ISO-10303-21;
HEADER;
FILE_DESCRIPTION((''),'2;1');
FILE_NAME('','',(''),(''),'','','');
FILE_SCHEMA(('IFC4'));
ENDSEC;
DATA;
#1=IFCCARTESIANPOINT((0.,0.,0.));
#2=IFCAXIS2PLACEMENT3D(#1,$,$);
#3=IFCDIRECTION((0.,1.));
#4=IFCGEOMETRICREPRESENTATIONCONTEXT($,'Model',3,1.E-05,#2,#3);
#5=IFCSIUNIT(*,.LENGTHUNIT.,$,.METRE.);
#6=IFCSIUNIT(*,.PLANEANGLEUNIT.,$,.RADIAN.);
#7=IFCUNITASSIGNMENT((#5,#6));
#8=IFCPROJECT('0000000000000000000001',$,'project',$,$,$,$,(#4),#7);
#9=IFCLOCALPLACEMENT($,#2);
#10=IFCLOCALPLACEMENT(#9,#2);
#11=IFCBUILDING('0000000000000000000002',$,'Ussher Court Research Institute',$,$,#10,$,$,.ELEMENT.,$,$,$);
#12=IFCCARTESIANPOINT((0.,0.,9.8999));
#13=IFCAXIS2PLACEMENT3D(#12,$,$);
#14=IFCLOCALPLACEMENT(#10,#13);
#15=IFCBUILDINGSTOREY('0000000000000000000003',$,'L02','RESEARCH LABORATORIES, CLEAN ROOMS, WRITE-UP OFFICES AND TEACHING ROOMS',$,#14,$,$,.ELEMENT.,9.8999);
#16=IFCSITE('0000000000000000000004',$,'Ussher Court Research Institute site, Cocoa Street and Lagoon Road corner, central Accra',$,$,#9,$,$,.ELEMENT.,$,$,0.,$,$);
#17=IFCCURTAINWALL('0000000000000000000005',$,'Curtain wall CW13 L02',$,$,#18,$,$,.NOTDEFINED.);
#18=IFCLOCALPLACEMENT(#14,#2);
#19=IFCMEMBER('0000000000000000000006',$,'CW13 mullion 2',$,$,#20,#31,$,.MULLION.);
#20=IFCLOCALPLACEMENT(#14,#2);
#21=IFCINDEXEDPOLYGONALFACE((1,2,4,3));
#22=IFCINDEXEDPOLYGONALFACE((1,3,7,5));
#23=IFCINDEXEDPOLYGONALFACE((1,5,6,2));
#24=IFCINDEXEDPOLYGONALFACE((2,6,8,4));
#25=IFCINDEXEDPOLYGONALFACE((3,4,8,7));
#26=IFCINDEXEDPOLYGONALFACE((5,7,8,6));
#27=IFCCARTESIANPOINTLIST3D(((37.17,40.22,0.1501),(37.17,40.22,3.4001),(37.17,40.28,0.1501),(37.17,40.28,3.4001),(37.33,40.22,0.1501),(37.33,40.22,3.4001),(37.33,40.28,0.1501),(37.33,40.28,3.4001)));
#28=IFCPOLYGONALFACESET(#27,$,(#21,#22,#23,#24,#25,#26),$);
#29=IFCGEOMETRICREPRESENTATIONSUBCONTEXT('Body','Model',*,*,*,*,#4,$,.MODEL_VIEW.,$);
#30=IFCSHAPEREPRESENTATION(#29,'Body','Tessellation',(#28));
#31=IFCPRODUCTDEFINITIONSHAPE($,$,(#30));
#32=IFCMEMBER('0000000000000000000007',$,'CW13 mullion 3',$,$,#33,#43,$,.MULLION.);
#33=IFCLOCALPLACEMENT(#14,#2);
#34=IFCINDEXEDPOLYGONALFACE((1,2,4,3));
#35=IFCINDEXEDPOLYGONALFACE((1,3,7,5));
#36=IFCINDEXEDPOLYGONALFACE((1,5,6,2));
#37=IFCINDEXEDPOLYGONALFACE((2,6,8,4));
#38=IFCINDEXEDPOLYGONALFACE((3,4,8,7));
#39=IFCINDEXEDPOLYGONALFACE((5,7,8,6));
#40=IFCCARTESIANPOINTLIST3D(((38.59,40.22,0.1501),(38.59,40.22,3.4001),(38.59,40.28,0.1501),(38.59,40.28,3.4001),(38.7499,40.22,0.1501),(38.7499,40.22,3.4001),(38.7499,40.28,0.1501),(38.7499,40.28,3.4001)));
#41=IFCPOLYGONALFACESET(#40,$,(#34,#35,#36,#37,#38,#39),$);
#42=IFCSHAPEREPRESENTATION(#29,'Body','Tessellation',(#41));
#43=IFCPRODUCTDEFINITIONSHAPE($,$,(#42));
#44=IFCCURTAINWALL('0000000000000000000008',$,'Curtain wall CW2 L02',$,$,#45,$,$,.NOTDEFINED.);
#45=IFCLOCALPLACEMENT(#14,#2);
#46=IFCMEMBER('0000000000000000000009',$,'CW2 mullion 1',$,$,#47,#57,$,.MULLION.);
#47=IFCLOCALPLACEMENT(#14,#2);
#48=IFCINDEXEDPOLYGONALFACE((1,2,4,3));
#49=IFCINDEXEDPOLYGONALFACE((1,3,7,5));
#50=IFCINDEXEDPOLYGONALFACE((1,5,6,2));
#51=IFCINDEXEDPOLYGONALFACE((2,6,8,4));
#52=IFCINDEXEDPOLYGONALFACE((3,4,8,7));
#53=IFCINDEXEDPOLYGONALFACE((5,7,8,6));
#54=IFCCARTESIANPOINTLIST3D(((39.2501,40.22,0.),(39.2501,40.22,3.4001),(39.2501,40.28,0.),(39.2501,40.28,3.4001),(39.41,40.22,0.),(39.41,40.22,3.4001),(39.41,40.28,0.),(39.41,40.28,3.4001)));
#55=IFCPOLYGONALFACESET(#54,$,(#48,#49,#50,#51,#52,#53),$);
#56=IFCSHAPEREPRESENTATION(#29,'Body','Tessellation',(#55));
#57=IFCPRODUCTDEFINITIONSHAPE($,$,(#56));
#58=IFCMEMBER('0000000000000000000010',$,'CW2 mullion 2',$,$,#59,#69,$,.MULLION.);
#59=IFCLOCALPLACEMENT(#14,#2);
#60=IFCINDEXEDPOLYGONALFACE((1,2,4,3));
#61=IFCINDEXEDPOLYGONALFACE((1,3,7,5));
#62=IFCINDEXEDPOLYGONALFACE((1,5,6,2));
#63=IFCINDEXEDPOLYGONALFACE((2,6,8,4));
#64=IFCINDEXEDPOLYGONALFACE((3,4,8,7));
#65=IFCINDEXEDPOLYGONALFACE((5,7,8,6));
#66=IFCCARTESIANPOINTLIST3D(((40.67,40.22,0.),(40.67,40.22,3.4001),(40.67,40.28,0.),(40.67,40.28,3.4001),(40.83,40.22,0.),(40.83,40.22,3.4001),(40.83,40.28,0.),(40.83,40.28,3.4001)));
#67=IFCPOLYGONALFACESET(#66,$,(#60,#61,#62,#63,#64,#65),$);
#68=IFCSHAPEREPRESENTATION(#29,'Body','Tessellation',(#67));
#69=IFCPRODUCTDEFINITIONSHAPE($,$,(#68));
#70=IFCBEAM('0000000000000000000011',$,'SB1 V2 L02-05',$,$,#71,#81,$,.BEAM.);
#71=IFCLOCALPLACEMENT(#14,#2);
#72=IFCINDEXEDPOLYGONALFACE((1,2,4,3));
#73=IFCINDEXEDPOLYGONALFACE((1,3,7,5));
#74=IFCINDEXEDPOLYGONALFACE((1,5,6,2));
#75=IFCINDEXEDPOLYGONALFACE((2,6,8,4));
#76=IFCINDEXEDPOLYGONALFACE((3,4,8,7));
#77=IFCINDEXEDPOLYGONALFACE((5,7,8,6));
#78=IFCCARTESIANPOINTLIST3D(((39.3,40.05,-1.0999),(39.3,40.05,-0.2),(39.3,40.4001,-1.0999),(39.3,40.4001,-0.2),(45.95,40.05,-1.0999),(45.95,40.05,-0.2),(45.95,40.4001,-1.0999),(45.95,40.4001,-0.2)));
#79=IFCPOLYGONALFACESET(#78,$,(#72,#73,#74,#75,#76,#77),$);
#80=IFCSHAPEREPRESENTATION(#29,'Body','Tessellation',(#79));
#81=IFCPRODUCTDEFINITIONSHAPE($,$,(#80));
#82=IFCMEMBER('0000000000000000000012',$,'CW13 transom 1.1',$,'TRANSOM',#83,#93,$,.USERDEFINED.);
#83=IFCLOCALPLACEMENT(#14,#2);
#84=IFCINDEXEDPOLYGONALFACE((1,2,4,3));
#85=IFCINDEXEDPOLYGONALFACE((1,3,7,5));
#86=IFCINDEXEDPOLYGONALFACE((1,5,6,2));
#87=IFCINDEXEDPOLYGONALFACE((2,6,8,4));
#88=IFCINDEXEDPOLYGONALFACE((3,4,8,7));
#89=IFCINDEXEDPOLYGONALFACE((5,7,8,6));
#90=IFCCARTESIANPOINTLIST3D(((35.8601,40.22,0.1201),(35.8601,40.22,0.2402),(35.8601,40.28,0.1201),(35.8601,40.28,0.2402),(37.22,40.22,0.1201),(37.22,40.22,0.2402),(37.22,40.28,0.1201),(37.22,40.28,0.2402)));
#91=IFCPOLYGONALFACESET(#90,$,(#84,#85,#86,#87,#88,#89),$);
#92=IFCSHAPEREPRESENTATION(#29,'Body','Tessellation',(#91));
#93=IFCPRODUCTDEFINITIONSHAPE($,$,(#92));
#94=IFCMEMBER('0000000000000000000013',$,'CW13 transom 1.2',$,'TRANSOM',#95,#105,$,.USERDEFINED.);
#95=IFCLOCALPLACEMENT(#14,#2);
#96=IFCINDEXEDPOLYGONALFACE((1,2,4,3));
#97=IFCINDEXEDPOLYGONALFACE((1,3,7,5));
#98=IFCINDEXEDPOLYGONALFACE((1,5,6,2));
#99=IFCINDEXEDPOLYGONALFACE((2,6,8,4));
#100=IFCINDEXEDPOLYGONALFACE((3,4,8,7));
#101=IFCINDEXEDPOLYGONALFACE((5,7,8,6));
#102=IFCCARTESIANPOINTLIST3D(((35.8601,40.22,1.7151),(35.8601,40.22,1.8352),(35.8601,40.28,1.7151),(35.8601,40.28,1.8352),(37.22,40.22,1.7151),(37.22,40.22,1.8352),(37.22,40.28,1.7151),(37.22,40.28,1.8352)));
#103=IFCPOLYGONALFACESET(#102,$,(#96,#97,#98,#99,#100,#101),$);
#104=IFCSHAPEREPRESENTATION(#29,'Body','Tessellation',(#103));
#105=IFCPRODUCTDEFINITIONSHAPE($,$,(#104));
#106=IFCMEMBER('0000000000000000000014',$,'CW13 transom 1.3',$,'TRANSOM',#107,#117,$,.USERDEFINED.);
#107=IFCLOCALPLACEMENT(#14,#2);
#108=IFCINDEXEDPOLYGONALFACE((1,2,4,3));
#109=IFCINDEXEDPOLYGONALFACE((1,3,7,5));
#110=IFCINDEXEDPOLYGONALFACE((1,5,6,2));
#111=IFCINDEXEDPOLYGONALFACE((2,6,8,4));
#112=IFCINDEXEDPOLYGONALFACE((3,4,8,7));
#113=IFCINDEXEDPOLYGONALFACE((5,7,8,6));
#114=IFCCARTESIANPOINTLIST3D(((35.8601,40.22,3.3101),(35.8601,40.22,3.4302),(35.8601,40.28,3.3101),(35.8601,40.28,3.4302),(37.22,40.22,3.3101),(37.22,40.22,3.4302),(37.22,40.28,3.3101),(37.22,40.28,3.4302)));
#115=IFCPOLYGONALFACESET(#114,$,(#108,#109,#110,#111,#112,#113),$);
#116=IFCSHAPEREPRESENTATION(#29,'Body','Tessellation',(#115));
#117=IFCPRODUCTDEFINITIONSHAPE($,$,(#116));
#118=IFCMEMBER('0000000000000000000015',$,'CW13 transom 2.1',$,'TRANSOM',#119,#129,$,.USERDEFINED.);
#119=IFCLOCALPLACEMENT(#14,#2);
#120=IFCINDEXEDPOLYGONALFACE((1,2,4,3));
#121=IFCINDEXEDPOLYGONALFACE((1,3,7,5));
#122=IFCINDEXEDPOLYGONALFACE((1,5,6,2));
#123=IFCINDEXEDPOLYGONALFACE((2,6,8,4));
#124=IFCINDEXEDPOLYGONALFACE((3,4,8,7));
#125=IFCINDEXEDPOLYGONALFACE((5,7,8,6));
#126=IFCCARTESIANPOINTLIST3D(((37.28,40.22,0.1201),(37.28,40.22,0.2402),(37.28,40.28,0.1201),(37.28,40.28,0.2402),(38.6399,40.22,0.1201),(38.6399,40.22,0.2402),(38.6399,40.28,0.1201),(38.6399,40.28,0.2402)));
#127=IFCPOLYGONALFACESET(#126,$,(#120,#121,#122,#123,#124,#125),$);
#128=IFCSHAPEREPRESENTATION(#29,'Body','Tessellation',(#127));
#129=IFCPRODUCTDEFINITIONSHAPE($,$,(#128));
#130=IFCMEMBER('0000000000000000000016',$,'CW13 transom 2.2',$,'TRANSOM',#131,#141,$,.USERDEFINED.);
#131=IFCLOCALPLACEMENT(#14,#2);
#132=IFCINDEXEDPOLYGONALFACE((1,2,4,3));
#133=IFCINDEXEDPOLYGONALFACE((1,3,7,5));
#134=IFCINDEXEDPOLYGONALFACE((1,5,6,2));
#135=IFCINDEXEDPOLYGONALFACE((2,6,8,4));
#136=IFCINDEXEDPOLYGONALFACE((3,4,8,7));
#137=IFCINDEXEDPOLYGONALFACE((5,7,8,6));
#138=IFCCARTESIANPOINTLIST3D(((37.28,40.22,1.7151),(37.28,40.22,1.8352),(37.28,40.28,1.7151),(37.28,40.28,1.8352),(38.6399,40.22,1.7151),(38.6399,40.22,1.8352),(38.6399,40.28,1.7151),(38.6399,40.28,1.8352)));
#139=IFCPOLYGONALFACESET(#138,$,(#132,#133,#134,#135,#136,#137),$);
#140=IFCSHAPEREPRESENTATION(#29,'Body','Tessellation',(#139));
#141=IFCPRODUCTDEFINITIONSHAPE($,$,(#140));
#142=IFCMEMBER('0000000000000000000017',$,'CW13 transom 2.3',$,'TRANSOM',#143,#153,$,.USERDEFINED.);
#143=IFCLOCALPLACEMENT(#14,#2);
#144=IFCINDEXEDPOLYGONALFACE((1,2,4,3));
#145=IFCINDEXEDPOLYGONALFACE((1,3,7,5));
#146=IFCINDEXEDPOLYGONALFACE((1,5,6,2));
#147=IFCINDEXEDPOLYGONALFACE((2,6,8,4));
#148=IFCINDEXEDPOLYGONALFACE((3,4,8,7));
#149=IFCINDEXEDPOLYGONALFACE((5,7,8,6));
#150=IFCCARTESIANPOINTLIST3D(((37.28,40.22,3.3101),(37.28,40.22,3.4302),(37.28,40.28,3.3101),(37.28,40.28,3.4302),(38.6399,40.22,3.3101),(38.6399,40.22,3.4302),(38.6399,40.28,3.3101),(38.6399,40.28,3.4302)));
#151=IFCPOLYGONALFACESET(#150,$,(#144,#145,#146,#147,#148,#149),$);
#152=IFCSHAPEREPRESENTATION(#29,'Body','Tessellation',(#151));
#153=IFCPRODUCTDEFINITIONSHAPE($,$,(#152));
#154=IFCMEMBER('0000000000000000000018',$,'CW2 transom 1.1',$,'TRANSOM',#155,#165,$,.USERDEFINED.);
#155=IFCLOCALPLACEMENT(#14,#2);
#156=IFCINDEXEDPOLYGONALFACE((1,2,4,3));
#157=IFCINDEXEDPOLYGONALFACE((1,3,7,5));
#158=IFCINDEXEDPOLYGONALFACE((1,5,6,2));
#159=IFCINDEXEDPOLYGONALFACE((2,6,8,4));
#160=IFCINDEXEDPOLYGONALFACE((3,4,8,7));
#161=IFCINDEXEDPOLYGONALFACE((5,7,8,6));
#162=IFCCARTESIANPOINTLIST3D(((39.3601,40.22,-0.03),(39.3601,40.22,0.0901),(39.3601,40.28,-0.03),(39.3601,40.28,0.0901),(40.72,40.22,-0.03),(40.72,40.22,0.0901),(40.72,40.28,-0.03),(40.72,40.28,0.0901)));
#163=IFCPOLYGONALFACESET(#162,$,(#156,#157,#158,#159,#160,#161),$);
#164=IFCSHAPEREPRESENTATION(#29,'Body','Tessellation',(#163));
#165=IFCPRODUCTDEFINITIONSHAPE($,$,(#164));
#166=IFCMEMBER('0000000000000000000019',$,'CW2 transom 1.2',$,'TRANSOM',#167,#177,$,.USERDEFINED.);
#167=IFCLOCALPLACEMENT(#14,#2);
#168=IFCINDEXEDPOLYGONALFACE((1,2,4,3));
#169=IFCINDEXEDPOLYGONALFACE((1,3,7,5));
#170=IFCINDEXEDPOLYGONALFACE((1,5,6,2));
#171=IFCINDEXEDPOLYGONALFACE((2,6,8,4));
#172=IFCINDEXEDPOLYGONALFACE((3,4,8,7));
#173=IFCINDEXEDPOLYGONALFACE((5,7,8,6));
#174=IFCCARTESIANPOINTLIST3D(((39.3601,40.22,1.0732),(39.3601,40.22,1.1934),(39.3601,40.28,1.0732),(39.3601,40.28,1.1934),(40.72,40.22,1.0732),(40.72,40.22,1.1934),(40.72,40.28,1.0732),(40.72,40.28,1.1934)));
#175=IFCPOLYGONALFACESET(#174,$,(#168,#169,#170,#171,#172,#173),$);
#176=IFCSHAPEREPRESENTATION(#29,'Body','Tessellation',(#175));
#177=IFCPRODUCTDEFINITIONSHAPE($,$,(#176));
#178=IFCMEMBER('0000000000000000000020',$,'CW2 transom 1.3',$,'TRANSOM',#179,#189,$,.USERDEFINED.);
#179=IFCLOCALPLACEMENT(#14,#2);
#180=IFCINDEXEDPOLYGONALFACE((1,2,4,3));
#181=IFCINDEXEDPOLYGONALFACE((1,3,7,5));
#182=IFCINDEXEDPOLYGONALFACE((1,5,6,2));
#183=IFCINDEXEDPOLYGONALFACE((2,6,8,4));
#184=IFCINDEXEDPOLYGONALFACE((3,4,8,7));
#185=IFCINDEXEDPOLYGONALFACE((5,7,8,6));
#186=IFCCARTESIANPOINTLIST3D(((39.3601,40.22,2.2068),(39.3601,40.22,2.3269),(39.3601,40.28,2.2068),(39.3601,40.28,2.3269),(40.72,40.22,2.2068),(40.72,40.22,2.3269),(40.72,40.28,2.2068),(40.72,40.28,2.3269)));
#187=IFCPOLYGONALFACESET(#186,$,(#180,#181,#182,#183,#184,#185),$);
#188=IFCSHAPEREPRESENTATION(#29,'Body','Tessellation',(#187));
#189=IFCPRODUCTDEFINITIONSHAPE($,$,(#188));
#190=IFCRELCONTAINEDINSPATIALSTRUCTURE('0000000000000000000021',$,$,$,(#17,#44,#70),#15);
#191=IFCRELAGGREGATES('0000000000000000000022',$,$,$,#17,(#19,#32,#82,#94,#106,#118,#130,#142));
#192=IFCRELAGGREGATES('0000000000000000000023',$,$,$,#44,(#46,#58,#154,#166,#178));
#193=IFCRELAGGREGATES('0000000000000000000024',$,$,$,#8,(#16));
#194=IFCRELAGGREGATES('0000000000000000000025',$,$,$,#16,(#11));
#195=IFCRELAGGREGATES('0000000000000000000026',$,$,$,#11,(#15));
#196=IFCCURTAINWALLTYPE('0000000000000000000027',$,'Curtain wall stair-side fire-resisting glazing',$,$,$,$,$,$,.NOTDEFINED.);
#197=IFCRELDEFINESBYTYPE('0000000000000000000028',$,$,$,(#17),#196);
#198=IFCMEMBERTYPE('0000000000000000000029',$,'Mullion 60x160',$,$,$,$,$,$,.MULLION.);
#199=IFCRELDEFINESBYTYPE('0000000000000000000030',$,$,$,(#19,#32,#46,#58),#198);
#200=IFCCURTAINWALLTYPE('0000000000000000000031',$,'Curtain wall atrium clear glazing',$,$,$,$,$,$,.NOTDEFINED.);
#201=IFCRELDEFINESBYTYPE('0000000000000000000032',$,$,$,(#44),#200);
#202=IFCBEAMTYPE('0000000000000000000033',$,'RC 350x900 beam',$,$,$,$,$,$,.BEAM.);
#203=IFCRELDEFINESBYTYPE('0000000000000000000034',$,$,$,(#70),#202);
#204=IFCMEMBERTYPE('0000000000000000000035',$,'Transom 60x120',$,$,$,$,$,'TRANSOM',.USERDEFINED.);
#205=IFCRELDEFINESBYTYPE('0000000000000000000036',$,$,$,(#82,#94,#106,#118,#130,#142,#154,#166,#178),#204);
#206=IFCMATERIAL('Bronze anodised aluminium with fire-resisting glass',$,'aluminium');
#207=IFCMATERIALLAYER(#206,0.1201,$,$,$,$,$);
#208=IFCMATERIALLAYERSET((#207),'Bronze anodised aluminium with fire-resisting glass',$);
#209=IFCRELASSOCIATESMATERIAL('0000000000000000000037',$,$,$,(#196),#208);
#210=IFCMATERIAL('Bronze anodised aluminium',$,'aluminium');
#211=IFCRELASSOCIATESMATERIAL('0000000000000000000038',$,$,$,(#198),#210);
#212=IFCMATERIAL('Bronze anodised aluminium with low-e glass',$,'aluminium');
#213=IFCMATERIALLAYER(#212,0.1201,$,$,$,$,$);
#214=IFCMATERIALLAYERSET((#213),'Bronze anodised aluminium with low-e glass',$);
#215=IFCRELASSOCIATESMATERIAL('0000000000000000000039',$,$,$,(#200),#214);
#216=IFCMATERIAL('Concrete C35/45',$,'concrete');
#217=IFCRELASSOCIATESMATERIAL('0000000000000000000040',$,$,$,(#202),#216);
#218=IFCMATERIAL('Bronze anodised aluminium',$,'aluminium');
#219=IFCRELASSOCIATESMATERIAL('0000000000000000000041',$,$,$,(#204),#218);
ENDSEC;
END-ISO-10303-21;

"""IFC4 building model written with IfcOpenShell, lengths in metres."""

from ifc_helpers import new_model, si_unit, direction, frame, origin, origin_2d, place, context, subcontext, project, spatial, rectangle, extrude, material, layer, layer_set, material_profile, profile_set, type_object, element, aggregate, save


model = new_model("IFC4")

# Units and contexts
model_context = context("Model", 3, precision=1e-05, world=origin(), true_north=direction((0.0, 1.0)))
body_context = subcontext(model_context, "Body", "Model", "MODEL_VIEW")
ifc_project = project(units=[si_unit("LENGTHUNIT", "METRE"), si_unit("PLANEANGLEUNIT", "RADIAN")], contexts=[model_context])

# Site, building, storey
site_placement = place(None, origin())
site = spatial("IfcSite", under=ifc_project, at=site_placement, Name="Ussher Court Research Institute site, Cocoa Street and Lagoon Road corner, central Accra", CompositionType="ELEMENT", RefElevation=0.0)
building_placement = place(site_placement, origin())
building = spatial("IfcBuilding", under=site, at=building_placement, Name="Ussher Court Research Institute", CompositionType="ELEMENT")
storey_placement = place(building_placement, frame((0.0, 0.0, 9.8999)))
storey = spatial("IfcBuildingStorey", under=building, at=storey_placement, Name="L02", Description="RESEARCH LABORATORIES, CLEAN ROOMS, WRITE-UP OFFICES AND TEACHING ROOMS", CompositionType="ELEMENT", Elevation=9.8999)

# Curtain walls, members
ifc_material_1 = material(Name="Bronze anodised aluminium with fire-resisting glass", Category="aluminium")
ifc_layer_1 = layer(ifc_material_1, 0.1201)
ifc_layer_set_1 = layer_set([ifc_layer_1], Name="Bronze anodised aluminium with fire-resisting glass")
curtain_wall_type_1 = type_object("IfcCurtainWallType", Name="Curtain wall stair-side fire-resisting glazing", PredefinedType="NOTDEFINED", material=ifc_layer_set_1)
curtain_wall_1_placement = place(storey_placement, origin())
curtain_wall_1 = element("IfcCurtainWall", 1, at=curtain_wall_1_placement, inside=storey, type_object=curtain_wall_type_1, Name="Curtain wall CW13 L02", PredefinedType="NOTDEFINED")
ifc_material_2 = material(Name="Bronze anodised aluminium", Category="aluminium")
ifc_material_profile_1 = material_profile(ifc_material_2, rectangle(XDim=0.0601, YDim=0.1599, at=origin_2d()), Name="Mullion 60x160")
ifc_profile_set_1 = profile_set([ifc_material_profile_1], Name="Bronze anodised aluminium")
member_type_1 = type_object("IfcMemberType", Name="Mullion 60x160", PredefinedType="MULLION", material=ifc_profile_set_1)
member_1_placement = place(storey_placement, frame((37.25, 40.25, 0.1501), z_axis=(0.0, 0.0, 1.0), x_axis=(0.0, 1.0, 0.0)))
member_1 = element("IfcMember", 2, at=member_1_placement, type_object=member_type_1, Name="CW13 mullion 2", PredefinedType="MULLION", context=body_context, shape_type="SweptSolid", body=[
    extrude(rectangle(XDim=0.0601, YDim=0.1599, at=origin_2d()), origin(), (0.0, 0.0, 1.0), 3.25),
])
member_2_placement = place(storey_placement, frame((38.6699, 40.25, 0.1501), z_axis=(0.0, 0.0, 1.0), x_axis=(0.0, 1.0, 0.0)))
member_2 = element("IfcMember", 3, at=member_2_placement, type_object=member_type_1, Name="CW13 mullion 3", PredefinedType="MULLION", context=body_context, shape_type="SweptSolid", body=[
    extrude(rectangle(XDim=0.0601, YDim=0.1599, at=origin_2d()), origin(), (0.0, 0.0, 1.0), 3.25),
])
ifc_material_3 = material(Name="Bronze anodised aluminium with low-e glass", Category="aluminium")
ifc_layer_2 = layer(ifc_material_3, 0.1201)
ifc_layer_set_2 = layer_set([ifc_layer_2], Name="Bronze anodised aluminium with low-e glass")
curtain_wall_type_2 = type_object("IfcCurtainWallType", Name="Curtain wall atrium clear glazing", PredefinedType="NOTDEFINED", material=ifc_layer_set_2)
curtain_wall_2_placement = place(storey_placement, origin())
curtain_wall_2 = element("IfcCurtainWall", 4, at=curtain_wall_2_placement, inside=storey, type_object=curtain_wall_type_2, Name="Curtain wall CW2 L02", PredefinedType="NOTDEFINED")
member_3_placement = place(storey_placement, frame((39.3301, 40.25, 0.0), z_axis=(0.0, 0.0, 1.0), x_axis=(0.0, 1.0, 0.0)))
member_3 = element("IfcMember", 5, at=member_3_placement, type_object=member_type_1, Name="CW2 mullion 1", PredefinedType="MULLION", context=body_context, shape_type="SweptSolid", body=[
    extrude(rectangle(XDim=0.0601, YDim=0.1599, at=origin_2d()), origin(), (0.0, 0.0, 1.0), 3.4001),
])
member_4_placement = place(storey_placement, frame((40.75, 40.25, 0.0), z_axis=(0.0, 0.0, 1.0), x_axis=(0.0, 1.0, 0.0)))
member_4 = element("IfcMember", 6, at=member_4_placement, type_object=member_type_1, Name="CW2 mullion 2", PredefinedType="MULLION", context=body_context, shape_type="SweptSolid", body=[
    extrude(rectangle(XDim=0.0601, YDim=0.1599, at=origin_2d()), origin(), (0.0, 0.0, 1.0), 3.4001),
])

# Beam
ifc_material_4 = material(Name="Concrete C35/45", Category="concrete")
ifc_material_profile_2 = material_profile(ifc_material_4, rectangle(XDim=0.3501, YDim=0.8999, at=origin_2d()), Name="RC 350x900")
ifc_profile_set_2 = profile_set([ifc_material_profile_2], Name="Concrete C35/45")
beam_type = type_object("IfcBeamType", Name="RC 350x900 beam", PredefinedType="BEAM", material=ifc_profile_set_2)
beam_placement = place(storey_placement, frame((39.3, 40.2251, -0.6499), z_axis=(1.0, 0.0, 0.0), x_axis=(0.0, 1.0, 0.0)))
element("IfcBeam", 7, at=beam_placement, inside=storey, type_object=beam_type, Name="SB1 V2 L02-05", PredefinedType="BEAM", context=body_context, shape_type="SweptSolid", body=[
    extrude(rectangle(XDim=0.3501, YDim=0.8999, at=origin_2d()), origin(), (0.0, 0.0, 1.0), 6.6499),
])

# Members
ifc_material_5 = material(Name="Bronze anodised aluminium", Category="aluminium")
ifc_material_profile_3 = material_profile(ifc_material_5, rectangle(XDim=0.0601, YDim=0.1201, at=origin_2d()), Name="Transom 60x120")
ifc_profile_set_3 = profile_set([ifc_material_profile_3], Name="Bronze anodised aluminium")
member_type_2 = type_object("IfcMemberType", Name="Transom 60x120", ElementType="TRANSOM", PredefinedType="USERDEFINED", material=ifc_profile_set_3)
member_5_placement = place(storey_placement, frame((35.8601, 40.25, 0.1802), z_axis=(1.0, 0.0, 0.0), x_axis=(0.0, 1.0, 0.0)))
member_5 = element("IfcMember", 8, at=member_5_placement, type_object=member_type_2, Name="CW13 transom 1.1", ObjectType="TRANSOM", PredefinedType="USERDEFINED", context=body_context, shape_type="SweptSolid", body=[
    extrude(rectangle(XDim=0.0601, YDim=0.1201, at=origin_2d()), origin(), (0.0, 0.0, 1.0), 1.3599),
])
member_6_placement = place(storey_placement, frame((35.8601, 40.25, 1.7751), z_axis=(1.0, 0.0, 0.0), x_axis=(0.0, 1.0, 0.0)))
member_6 = element("IfcMember", 9, at=member_6_placement, type_object=member_type_2, Name="CW13 transom 1.2", ObjectType="TRANSOM", PredefinedType="USERDEFINED", context=body_context, shape_type="SweptSolid", body=[
    extrude(rectangle(XDim=0.0601, YDim=0.1201, at=origin_2d()), origin(), (0.0, 0.0, 1.0), 1.3599),
])
member_7_placement = place(storey_placement, frame((35.8601, 40.25, 3.3701), z_axis=(1.0, 0.0, 0.0), x_axis=(0.0, 1.0, 0.0)))
member_7 = element("IfcMember", 10, at=member_7_placement, type_object=member_type_2, Name="CW13 transom 1.3", ObjectType="TRANSOM", PredefinedType="USERDEFINED", context=body_context, shape_type="SweptSolid", body=[
    extrude(rectangle(XDim=0.0601, YDim=0.1201, at=origin_2d()), origin(), (0.0, 0.0, 1.0), 1.3599),
])
member_8_placement = place(storey_placement, frame((37.28, 40.25, 0.1802), z_axis=(1.0, 0.0, 0.0), x_axis=(0.0, 1.0, 0.0)))
member_8 = element("IfcMember", 11, at=member_8_placement, type_object=member_type_2, Name="CW13 transom 2.1", ObjectType="TRANSOM", PredefinedType="USERDEFINED", context=body_context, shape_type="SweptSolid", body=[
    extrude(rectangle(XDim=0.0601, YDim=0.1201, at=origin_2d()), origin(), (0.0, 0.0, 1.0), 1.3599),
])
member_9_placement = place(storey_placement, frame((37.28, 40.25, 1.7751), z_axis=(1.0, 0.0, 0.0), x_axis=(0.0, 1.0, 0.0)))
member_9 = element("IfcMember", 12, at=member_9_placement, type_object=member_type_2, Name="CW13 transom 2.2", ObjectType="TRANSOM", PredefinedType="USERDEFINED", context=body_context, shape_type="SweptSolid", body=[
    extrude(rectangle(XDim=0.0601, YDim=0.1201, at=origin_2d()), origin(), (0.0, 0.0, 1.0), 1.3599),
])
member_10_placement = place(storey_placement, frame((37.28, 40.25, 3.3701), z_axis=(1.0, 0.0, 0.0), x_axis=(0.0, 1.0, 0.0)))
member_10 = element("IfcMember", 13, at=member_10_placement, type_object=member_type_2, Name="CW13 transom 2.3", ObjectType="TRANSOM", PredefinedType="USERDEFINED", context=body_context, shape_type="SweptSolid", body=[
    extrude(rectangle(XDim=0.0601, YDim=0.1201, at=origin_2d()), origin(), (0.0, 0.0, 1.0), 1.3599),
])
member_11_placement = place(storey_placement, frame((39.3601, 40.25, 0.03), z_axis=(1.0, 0.0, 0.0), x_axis=(0.0, 1.0, 0.0)))
member_11 = element("IfcMember", 14, at=member_11_placement, type_object=member_type_2, Name="CW2 transom 1.1", ObjectType="TRANSOM", PredefinedType="USERDEFINED", context=body_context, shape_type="SweptSolid", body=[
    extrude(rectangle(XDim=0.0601, YDim=0.1201, at=origin_2d()), origin(), (0.0, 0.0, 1.0), 1.3599),
])
member_12_placement = place(storey_placement, frame((39.3601, 40.25, 1.1333), z_axis=(1.0, 0.0, 0.0), x_axis=(0.0, 1.0, 0.0)))
member_12 = element("IfcMember", 15, at=member_12_placement, type_object=member_type_2, Name="CW2 transom 1.2", ObjectType="TRANSOM", PredefinedType="USERDEFINED", context=body_context, shape_type="SweptSolid", body=[
    extrude(rectangle(XDim=0.0601, YDim=0.1201, at=origin_2d()), origin(), (0.0, 0.0, 1.0), 1.3599),
])
member_13_placement = place(storey_placement, frame((39.3601, 40.25, 2.2668), z_axis=(1.0, 0.0, 0.0), x_axis=(0.0, 1.0, 0.0)))
member_13 = element("IfcMember", 16, at=member_13_placement, type_object=member_type_2, Name="CW2 transom 1.3", ObjectType="TRANSOM", PredefinedType="USERDEFINED", context=body_context, shape_type="SweptSolid", body=[
    extrude(rectangle(XDim=0.0601, YDim=0.1201, at=origin_2d()), origin(), (0.0, 0.0, 1.0), 1.3599),
])

aggregate(curtain_wall_1, [member_1, member_2, member_5, member_6, member_7, member_8, member_9, member_10])
aggregate(curtain_wall_2, [member_3, member_4, member_11, member_12, member_13])

save(model, "model.ifc")
